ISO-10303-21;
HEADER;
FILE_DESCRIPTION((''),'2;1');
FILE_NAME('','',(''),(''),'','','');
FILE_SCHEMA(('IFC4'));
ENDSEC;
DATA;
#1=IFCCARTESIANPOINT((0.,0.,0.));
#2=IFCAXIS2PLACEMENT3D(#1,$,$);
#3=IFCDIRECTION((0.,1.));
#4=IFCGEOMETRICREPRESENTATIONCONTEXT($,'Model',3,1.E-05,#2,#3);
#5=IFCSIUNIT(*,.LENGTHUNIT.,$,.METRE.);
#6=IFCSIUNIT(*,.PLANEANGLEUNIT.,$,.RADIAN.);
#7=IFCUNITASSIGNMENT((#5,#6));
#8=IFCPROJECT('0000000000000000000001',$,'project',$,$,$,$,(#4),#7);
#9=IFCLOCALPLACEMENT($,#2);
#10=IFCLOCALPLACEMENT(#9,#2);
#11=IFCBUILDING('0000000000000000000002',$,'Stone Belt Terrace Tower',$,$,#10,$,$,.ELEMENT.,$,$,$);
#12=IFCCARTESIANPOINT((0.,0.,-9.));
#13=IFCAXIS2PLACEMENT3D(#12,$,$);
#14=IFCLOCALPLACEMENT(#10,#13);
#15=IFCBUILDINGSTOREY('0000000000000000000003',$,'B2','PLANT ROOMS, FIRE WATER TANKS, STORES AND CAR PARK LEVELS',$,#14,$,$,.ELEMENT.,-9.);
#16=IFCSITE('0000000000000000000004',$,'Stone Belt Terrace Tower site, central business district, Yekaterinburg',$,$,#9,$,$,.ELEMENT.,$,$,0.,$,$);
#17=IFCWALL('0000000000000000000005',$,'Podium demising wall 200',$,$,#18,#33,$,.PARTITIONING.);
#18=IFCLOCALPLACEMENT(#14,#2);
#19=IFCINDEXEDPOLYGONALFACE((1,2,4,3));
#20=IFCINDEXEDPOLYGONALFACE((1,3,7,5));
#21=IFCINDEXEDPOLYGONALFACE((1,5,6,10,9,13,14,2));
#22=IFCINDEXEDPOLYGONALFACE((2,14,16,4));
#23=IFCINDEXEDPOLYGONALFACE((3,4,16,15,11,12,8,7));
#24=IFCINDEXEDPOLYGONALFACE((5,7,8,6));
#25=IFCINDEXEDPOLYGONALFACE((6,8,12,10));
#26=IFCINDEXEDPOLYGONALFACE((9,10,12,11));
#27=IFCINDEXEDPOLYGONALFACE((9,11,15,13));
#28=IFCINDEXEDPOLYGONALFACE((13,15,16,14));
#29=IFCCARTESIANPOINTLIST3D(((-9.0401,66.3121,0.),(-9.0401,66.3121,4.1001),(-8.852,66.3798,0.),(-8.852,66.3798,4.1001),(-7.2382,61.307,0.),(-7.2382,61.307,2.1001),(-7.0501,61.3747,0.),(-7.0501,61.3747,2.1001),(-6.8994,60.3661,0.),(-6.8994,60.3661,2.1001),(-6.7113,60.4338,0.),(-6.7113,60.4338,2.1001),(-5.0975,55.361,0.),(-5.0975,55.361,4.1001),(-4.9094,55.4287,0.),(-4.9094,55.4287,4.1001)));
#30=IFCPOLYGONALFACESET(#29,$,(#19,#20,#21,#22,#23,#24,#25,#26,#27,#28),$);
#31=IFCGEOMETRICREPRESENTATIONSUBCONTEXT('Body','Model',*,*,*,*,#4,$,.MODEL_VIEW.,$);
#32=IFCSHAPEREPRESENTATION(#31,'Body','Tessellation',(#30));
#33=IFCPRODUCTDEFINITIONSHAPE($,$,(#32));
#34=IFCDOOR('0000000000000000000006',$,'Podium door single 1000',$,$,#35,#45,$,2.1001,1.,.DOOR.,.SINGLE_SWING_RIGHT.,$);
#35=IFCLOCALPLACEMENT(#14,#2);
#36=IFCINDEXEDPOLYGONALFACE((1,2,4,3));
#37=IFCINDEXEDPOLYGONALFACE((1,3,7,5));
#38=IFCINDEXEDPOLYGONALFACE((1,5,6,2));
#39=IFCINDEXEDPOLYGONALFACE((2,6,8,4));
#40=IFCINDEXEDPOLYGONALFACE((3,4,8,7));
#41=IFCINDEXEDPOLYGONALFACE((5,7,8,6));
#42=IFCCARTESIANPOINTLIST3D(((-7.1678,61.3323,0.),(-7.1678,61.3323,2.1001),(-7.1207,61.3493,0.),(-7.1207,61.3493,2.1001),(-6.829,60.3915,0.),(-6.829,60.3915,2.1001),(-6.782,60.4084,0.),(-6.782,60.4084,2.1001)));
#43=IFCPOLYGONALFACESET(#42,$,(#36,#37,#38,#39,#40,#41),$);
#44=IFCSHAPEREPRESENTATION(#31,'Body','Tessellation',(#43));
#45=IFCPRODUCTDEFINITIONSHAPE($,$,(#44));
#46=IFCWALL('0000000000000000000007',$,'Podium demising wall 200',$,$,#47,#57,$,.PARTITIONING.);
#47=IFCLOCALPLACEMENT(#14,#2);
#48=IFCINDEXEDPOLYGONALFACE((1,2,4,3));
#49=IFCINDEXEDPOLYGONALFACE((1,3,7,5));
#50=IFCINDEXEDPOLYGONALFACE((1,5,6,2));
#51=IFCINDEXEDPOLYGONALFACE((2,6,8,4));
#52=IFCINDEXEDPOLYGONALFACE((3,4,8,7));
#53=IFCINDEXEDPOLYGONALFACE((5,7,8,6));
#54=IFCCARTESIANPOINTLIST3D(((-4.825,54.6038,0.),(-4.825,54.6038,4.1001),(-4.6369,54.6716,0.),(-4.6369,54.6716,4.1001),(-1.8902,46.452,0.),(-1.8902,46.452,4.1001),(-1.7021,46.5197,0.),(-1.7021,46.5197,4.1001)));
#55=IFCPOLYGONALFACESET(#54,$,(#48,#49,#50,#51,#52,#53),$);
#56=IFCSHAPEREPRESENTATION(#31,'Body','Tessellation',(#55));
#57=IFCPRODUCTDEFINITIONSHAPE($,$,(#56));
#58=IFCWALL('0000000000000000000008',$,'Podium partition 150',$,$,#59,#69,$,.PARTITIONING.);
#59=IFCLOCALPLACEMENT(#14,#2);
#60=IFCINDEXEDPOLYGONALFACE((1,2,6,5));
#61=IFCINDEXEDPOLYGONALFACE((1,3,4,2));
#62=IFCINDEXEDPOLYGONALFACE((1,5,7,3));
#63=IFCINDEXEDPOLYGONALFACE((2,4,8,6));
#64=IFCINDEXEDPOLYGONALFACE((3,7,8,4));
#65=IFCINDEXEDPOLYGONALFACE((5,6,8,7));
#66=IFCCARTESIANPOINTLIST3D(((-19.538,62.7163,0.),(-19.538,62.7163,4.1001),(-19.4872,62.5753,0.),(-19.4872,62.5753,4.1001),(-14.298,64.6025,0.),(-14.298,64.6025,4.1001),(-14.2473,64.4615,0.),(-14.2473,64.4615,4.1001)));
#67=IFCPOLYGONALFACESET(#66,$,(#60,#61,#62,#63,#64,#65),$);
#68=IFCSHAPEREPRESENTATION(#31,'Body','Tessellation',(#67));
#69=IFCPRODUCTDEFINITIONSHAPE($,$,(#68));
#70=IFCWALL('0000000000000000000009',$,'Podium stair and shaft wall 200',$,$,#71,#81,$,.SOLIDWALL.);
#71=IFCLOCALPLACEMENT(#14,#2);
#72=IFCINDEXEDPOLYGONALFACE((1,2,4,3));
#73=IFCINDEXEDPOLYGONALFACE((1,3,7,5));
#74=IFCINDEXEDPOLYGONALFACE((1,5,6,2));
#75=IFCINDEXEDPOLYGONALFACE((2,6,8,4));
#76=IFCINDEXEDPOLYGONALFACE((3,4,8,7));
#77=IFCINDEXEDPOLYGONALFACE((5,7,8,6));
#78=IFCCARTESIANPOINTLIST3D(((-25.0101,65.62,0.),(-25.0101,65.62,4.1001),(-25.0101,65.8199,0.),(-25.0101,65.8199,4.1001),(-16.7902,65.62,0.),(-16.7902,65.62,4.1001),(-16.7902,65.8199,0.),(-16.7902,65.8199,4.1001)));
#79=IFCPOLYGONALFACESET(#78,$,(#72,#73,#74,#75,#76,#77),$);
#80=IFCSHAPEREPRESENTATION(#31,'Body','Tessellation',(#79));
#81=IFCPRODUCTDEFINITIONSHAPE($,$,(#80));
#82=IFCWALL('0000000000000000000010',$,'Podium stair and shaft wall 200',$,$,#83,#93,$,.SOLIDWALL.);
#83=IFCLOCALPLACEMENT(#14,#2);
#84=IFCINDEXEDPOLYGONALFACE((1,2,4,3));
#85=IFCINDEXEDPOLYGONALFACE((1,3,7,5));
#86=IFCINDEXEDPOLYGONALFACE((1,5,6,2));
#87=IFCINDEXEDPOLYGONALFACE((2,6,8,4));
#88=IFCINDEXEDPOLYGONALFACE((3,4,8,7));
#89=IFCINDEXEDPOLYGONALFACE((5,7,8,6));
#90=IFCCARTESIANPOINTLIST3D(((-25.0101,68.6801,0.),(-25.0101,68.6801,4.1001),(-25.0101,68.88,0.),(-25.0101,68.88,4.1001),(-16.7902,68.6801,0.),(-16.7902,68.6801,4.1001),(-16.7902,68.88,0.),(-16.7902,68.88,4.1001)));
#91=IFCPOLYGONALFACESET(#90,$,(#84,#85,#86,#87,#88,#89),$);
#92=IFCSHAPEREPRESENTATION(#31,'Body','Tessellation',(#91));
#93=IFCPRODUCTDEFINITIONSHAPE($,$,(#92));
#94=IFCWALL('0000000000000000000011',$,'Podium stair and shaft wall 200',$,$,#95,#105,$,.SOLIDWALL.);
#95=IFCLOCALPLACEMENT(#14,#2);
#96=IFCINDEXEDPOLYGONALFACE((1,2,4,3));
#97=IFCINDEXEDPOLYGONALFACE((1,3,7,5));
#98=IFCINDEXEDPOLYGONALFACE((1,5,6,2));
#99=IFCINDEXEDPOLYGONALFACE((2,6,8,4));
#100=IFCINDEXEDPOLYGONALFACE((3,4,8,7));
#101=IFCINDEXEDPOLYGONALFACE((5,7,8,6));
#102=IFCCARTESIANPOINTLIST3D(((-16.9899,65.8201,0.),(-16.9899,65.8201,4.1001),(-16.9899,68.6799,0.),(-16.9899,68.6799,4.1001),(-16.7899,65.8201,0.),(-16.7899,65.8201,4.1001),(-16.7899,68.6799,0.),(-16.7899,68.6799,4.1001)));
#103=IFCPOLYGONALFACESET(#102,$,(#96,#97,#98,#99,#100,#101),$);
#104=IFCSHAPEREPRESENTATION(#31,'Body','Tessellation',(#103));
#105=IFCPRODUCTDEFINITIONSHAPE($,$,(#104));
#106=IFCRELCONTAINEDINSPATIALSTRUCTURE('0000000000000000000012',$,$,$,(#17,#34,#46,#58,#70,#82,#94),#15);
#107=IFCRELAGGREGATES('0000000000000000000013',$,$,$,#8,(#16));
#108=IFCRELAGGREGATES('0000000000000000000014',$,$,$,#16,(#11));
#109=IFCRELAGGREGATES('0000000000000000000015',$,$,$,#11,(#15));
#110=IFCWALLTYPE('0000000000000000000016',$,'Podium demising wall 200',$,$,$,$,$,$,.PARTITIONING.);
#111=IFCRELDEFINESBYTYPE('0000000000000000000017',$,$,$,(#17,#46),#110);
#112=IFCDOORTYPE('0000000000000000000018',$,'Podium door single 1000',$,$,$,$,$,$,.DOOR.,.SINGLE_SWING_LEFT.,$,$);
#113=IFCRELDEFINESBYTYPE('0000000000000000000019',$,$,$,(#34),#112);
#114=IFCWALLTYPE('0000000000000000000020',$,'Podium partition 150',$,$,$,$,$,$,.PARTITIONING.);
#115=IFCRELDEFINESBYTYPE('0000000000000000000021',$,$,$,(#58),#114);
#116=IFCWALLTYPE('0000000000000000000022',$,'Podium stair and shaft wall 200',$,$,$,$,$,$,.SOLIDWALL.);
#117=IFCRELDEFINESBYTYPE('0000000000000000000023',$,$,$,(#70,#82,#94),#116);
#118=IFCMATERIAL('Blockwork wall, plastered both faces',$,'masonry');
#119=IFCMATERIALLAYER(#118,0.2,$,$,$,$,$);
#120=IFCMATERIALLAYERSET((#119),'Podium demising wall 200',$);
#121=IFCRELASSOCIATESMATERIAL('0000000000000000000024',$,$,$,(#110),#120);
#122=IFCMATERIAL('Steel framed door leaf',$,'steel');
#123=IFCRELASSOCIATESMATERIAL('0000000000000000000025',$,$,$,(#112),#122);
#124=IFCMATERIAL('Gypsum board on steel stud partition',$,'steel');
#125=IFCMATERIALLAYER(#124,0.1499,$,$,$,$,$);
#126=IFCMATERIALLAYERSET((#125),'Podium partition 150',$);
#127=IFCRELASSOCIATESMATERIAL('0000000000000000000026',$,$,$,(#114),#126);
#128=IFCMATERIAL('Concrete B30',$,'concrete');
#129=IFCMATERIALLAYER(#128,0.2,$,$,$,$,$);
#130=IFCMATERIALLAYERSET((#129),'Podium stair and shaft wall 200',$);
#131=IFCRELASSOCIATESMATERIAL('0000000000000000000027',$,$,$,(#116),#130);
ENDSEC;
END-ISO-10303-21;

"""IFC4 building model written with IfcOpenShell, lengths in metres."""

from ifc_helpers import new_model, si_unit, direction, frame, frame_2d, origin, place, context, subcontext, project, spatial, rectangle, extrude, material, layer, layer_set, type_object, element, fill, save


model = new_model("IFC4")

# Units and contexts
model_context = context("Model", 3, precision=1e-05, world=origin(), true_north=direction((0.0, 1.0)))
body_context = subcontext(model_context, "Body", "Model", "MODEL_VIEW")
ifc_project = project(units=[si_unit("LENGTHUNIT", "METRE"), si_unit("PLANEANGLEUNIT", "RADIAN")], contexts=[model_context])

# Site, building, storey
site_placement = place(None, origin())
site = spatial("IfcSite", under=ifc_project, at=site_placement, Name="Stone Belt Terrace Tower site, central business district, Yekaterinburg", CompositionType="ELEMENT", RefElevation=0.0)
building_placement = place(site_placement, origin())
building = spatial("IfcBuilding", under=site, at=building_placement, Name="Stone Belt Terrace Tower", CompositionType="ELEMENT")
storey_placement = place(building_placement, frame((0.0, 0.0, -9.0)))
storey = spatial("IfcBuildingStorey", under=building, at=storey_placement, Name="B2", Description="PLANT ROOMS, FIRE WATER TANKS, STORES AND CAR PARK LEVELS", CompositionType="ELEMENT", Elevation=-9.0)

# Shared definitions
ifc_material_1 = material(Name="Concrete B30", Category="concrete")
ifc_material_2 = material(Name="Blockwork wall, plastered both faces", Category="masonry")
ifc_layer_1 = layer(ifc_material_2, 0.2)
ifc_layer_set_1 = layer_set([ifc_layer_1], Name="Podium demising wall 200")
wall_type_1 = type_object("IfcWallType", Name="Podium demising wall 200", PredefinedType="PARTITIONING", material=ifc_layer_set_1)

# Wall, opening, door
wall_1_placement = place(storey_placement, frame((-8.946, 66.3459, 0.0), z_axis=(0.0, 0.0, 1.0), x_axis=(0.338735, -0.940882, 0.0)))
wall_1 = element("IfcWall", 1, at=wall_1_placement, inside=storey, type_object=wall_type_1, Name="Podium demising wall 200", PredefinedType="PARTITIONING", context=body_context, shape_type="SweptSolid", body=[
    extrude(rectangle(XDim=11.6392, YDim=0.2, at=frame_2d((5.8196, 0.0))), origin(), (0.0, 0.0, 1.0), 4.1001),
])
opening_placement = place(wall_1_placement, frame((5.3196, 0.0, 0.0)))
opening = element("IfcOpeningElement", 2, at=opening_placement, cuts=wall_1, PredefinedType="OPENING", context=body_context, shape_type="SweptSolid", body=[
    extrude(rectangle(XDim=1.0, YDim=2.1001, at=frame_2d((0.5, 1.05))), frame((0.0, 0.1099, 0.0), z_axis=(0.0, -1.0, 0.0), x_axis=(1.0, 0.0, 0.0)), (0.0, 0.0, 1.0), 0.22),
])
ifc_material_3 = material(Name="Steel framed door leaf", Category="steel")
door_type = type_object("IfcDoorType", Name="Podium door single 1000", OperationType="SINGLE_SWING_LEFT", PredefinedType="DOOR", material=ifc_material_3)
door_placement = place(opening_placement, origin())
door = element("IfcDoor", 3, at=door_placement, inside=storey, type_object=door_type, Name="Podium door single 1000", OperationType="SINGLE_SWING_RIGHT", OverallHeight=2.1001, OverallWidth=1.0, PredefinedType="DOOR", context=body_context, shape_type="SweptSolid", body=[
    extrude(rectangle(XDim=1.0, YDim=2.1001, at=frame_2d((0.5, 1.05))), frame((0.0, 0.0249, 0.0), z_axis=(0.0, -1.0, 0.0), x_axis=(1.0, 0.0, 0.0)), (0.0, 0.0, 1.0), 0.05),
])
fill(opening, door)

# Walls
wall_2_placement = place(storey_placement, frame((-4.731, 54.6377, 0.0), z_axis=(0.0, 0.0, 1.0), x_axis=(0.338734, -0.940882, 0.0)))
element("IfcWall", 4, at=wall_2_placement, inside=storey, type_object=wall_type_1, Name="Podium demising wall 200", PredefinedType="PARTITIONING", context=body_context, shape_type="SweptSolid", body=[
    extrude(rectangle(XDim=8.6641, YDim=0.2, at=frame_2d((4.332, 0.0))), origin(), (0.0, 0.0, 1.0), 4.1001),
])
ifc_material_4 = material(Name="Gypsum board on steel stud partition", Category="steel")
ifc_layer_2 = layer(ifc_material_4, 0.1499)
ifc_layer_set_2 = layer_set([ifc_layer_2], Name="Podium partition 150")
wall_type_2 = type_object("IfcWallType", Name="Podium partition 150", PredefinedType="PARTITIONING", material=ifc_layer_set_2)
wall_3_placement = place(storey_placement, frame((-19.5127, 62.6458, 0.0), z_axis=(0.0, 0.0, 1.0), x_axis=(0.940897, 0.338693, 0.0)))
element("IfcWall", 5, at=wall_3_placement, inside=storey, type_object=wall_type_2, Name="Podium partition 150", PredefinedType="PARTITIONING", context=body_context, shape_type="SweptSolid", body=[
    extrude(rectangle(XDim=5.5691, YDim=0.1499, at=frame_2d((2.7847, 0.0))), origin(), (0.0, 0.0, 1.0), 4.1001),
])
ifc_layer_3 = layer(ifc_material_1, 0.2)
ifc_layer_set_3 = layer_set([ifc_layer_3], Name="Podium stair and shaft wall 200")
wall_type_3 = type_object("IfcWallType", Name="Podium stair and shaft wall 200", PredefinedType="SOLIDWALL", material=ifc_layer_set_3)
for number, where, z_axis, x_axis, name in (
    (6, (-25.01, 65.72, 0.0), (0.0, 0.0, 1.0), (1.0, 0.0, 0.0), "Podium stair and shaft wall 200"),
    (7, (-25.01, 68.78, 0.0), (0.0, 0.0, 1.0), (1.0, 0.0, 0.0), "Podium stair and shaft wall 200"),
):
    element("IfcWall", number, at=place(storey_placement, frame(where, z_axis=z_axis, x_axis=x_axis)), inside=storey, type_object=wall_type_3, Name=name, PredefinedType="SOLIDWALL", context=body_context, shape_type="SweptSolid", body=[
        extrude(rectangle(XDim=8.22, YDim=0.2, at=frame_2d((4.1099, 0.0))), origin(), (0.0, 0.0, 1.0), 4.1001),
    ])
wall_4_placement = place(storey_placement, frame((-16.8899, 65.8201, 0.0), z_axis=(0.0, 0.0, 1.0), x_axis=(0.0, 1.0, 0.0)))
element("IfcWall", 8, at=wall_4_placement, inside=storey, type_object=wall_type_3, Name="Podium stair and shaft wall 200", PredefinedType="SOLIDWALL", context=body_context, shape_type="SweptSolid", body=[
    extrude(rectangle(XDim=2.8599, YDim=0.2, at=frame_2d((1.4299, 0.0))), origin(), (0.0, 0.0, 1.0), 4.1001),
])

save(model, "model.ifc")
